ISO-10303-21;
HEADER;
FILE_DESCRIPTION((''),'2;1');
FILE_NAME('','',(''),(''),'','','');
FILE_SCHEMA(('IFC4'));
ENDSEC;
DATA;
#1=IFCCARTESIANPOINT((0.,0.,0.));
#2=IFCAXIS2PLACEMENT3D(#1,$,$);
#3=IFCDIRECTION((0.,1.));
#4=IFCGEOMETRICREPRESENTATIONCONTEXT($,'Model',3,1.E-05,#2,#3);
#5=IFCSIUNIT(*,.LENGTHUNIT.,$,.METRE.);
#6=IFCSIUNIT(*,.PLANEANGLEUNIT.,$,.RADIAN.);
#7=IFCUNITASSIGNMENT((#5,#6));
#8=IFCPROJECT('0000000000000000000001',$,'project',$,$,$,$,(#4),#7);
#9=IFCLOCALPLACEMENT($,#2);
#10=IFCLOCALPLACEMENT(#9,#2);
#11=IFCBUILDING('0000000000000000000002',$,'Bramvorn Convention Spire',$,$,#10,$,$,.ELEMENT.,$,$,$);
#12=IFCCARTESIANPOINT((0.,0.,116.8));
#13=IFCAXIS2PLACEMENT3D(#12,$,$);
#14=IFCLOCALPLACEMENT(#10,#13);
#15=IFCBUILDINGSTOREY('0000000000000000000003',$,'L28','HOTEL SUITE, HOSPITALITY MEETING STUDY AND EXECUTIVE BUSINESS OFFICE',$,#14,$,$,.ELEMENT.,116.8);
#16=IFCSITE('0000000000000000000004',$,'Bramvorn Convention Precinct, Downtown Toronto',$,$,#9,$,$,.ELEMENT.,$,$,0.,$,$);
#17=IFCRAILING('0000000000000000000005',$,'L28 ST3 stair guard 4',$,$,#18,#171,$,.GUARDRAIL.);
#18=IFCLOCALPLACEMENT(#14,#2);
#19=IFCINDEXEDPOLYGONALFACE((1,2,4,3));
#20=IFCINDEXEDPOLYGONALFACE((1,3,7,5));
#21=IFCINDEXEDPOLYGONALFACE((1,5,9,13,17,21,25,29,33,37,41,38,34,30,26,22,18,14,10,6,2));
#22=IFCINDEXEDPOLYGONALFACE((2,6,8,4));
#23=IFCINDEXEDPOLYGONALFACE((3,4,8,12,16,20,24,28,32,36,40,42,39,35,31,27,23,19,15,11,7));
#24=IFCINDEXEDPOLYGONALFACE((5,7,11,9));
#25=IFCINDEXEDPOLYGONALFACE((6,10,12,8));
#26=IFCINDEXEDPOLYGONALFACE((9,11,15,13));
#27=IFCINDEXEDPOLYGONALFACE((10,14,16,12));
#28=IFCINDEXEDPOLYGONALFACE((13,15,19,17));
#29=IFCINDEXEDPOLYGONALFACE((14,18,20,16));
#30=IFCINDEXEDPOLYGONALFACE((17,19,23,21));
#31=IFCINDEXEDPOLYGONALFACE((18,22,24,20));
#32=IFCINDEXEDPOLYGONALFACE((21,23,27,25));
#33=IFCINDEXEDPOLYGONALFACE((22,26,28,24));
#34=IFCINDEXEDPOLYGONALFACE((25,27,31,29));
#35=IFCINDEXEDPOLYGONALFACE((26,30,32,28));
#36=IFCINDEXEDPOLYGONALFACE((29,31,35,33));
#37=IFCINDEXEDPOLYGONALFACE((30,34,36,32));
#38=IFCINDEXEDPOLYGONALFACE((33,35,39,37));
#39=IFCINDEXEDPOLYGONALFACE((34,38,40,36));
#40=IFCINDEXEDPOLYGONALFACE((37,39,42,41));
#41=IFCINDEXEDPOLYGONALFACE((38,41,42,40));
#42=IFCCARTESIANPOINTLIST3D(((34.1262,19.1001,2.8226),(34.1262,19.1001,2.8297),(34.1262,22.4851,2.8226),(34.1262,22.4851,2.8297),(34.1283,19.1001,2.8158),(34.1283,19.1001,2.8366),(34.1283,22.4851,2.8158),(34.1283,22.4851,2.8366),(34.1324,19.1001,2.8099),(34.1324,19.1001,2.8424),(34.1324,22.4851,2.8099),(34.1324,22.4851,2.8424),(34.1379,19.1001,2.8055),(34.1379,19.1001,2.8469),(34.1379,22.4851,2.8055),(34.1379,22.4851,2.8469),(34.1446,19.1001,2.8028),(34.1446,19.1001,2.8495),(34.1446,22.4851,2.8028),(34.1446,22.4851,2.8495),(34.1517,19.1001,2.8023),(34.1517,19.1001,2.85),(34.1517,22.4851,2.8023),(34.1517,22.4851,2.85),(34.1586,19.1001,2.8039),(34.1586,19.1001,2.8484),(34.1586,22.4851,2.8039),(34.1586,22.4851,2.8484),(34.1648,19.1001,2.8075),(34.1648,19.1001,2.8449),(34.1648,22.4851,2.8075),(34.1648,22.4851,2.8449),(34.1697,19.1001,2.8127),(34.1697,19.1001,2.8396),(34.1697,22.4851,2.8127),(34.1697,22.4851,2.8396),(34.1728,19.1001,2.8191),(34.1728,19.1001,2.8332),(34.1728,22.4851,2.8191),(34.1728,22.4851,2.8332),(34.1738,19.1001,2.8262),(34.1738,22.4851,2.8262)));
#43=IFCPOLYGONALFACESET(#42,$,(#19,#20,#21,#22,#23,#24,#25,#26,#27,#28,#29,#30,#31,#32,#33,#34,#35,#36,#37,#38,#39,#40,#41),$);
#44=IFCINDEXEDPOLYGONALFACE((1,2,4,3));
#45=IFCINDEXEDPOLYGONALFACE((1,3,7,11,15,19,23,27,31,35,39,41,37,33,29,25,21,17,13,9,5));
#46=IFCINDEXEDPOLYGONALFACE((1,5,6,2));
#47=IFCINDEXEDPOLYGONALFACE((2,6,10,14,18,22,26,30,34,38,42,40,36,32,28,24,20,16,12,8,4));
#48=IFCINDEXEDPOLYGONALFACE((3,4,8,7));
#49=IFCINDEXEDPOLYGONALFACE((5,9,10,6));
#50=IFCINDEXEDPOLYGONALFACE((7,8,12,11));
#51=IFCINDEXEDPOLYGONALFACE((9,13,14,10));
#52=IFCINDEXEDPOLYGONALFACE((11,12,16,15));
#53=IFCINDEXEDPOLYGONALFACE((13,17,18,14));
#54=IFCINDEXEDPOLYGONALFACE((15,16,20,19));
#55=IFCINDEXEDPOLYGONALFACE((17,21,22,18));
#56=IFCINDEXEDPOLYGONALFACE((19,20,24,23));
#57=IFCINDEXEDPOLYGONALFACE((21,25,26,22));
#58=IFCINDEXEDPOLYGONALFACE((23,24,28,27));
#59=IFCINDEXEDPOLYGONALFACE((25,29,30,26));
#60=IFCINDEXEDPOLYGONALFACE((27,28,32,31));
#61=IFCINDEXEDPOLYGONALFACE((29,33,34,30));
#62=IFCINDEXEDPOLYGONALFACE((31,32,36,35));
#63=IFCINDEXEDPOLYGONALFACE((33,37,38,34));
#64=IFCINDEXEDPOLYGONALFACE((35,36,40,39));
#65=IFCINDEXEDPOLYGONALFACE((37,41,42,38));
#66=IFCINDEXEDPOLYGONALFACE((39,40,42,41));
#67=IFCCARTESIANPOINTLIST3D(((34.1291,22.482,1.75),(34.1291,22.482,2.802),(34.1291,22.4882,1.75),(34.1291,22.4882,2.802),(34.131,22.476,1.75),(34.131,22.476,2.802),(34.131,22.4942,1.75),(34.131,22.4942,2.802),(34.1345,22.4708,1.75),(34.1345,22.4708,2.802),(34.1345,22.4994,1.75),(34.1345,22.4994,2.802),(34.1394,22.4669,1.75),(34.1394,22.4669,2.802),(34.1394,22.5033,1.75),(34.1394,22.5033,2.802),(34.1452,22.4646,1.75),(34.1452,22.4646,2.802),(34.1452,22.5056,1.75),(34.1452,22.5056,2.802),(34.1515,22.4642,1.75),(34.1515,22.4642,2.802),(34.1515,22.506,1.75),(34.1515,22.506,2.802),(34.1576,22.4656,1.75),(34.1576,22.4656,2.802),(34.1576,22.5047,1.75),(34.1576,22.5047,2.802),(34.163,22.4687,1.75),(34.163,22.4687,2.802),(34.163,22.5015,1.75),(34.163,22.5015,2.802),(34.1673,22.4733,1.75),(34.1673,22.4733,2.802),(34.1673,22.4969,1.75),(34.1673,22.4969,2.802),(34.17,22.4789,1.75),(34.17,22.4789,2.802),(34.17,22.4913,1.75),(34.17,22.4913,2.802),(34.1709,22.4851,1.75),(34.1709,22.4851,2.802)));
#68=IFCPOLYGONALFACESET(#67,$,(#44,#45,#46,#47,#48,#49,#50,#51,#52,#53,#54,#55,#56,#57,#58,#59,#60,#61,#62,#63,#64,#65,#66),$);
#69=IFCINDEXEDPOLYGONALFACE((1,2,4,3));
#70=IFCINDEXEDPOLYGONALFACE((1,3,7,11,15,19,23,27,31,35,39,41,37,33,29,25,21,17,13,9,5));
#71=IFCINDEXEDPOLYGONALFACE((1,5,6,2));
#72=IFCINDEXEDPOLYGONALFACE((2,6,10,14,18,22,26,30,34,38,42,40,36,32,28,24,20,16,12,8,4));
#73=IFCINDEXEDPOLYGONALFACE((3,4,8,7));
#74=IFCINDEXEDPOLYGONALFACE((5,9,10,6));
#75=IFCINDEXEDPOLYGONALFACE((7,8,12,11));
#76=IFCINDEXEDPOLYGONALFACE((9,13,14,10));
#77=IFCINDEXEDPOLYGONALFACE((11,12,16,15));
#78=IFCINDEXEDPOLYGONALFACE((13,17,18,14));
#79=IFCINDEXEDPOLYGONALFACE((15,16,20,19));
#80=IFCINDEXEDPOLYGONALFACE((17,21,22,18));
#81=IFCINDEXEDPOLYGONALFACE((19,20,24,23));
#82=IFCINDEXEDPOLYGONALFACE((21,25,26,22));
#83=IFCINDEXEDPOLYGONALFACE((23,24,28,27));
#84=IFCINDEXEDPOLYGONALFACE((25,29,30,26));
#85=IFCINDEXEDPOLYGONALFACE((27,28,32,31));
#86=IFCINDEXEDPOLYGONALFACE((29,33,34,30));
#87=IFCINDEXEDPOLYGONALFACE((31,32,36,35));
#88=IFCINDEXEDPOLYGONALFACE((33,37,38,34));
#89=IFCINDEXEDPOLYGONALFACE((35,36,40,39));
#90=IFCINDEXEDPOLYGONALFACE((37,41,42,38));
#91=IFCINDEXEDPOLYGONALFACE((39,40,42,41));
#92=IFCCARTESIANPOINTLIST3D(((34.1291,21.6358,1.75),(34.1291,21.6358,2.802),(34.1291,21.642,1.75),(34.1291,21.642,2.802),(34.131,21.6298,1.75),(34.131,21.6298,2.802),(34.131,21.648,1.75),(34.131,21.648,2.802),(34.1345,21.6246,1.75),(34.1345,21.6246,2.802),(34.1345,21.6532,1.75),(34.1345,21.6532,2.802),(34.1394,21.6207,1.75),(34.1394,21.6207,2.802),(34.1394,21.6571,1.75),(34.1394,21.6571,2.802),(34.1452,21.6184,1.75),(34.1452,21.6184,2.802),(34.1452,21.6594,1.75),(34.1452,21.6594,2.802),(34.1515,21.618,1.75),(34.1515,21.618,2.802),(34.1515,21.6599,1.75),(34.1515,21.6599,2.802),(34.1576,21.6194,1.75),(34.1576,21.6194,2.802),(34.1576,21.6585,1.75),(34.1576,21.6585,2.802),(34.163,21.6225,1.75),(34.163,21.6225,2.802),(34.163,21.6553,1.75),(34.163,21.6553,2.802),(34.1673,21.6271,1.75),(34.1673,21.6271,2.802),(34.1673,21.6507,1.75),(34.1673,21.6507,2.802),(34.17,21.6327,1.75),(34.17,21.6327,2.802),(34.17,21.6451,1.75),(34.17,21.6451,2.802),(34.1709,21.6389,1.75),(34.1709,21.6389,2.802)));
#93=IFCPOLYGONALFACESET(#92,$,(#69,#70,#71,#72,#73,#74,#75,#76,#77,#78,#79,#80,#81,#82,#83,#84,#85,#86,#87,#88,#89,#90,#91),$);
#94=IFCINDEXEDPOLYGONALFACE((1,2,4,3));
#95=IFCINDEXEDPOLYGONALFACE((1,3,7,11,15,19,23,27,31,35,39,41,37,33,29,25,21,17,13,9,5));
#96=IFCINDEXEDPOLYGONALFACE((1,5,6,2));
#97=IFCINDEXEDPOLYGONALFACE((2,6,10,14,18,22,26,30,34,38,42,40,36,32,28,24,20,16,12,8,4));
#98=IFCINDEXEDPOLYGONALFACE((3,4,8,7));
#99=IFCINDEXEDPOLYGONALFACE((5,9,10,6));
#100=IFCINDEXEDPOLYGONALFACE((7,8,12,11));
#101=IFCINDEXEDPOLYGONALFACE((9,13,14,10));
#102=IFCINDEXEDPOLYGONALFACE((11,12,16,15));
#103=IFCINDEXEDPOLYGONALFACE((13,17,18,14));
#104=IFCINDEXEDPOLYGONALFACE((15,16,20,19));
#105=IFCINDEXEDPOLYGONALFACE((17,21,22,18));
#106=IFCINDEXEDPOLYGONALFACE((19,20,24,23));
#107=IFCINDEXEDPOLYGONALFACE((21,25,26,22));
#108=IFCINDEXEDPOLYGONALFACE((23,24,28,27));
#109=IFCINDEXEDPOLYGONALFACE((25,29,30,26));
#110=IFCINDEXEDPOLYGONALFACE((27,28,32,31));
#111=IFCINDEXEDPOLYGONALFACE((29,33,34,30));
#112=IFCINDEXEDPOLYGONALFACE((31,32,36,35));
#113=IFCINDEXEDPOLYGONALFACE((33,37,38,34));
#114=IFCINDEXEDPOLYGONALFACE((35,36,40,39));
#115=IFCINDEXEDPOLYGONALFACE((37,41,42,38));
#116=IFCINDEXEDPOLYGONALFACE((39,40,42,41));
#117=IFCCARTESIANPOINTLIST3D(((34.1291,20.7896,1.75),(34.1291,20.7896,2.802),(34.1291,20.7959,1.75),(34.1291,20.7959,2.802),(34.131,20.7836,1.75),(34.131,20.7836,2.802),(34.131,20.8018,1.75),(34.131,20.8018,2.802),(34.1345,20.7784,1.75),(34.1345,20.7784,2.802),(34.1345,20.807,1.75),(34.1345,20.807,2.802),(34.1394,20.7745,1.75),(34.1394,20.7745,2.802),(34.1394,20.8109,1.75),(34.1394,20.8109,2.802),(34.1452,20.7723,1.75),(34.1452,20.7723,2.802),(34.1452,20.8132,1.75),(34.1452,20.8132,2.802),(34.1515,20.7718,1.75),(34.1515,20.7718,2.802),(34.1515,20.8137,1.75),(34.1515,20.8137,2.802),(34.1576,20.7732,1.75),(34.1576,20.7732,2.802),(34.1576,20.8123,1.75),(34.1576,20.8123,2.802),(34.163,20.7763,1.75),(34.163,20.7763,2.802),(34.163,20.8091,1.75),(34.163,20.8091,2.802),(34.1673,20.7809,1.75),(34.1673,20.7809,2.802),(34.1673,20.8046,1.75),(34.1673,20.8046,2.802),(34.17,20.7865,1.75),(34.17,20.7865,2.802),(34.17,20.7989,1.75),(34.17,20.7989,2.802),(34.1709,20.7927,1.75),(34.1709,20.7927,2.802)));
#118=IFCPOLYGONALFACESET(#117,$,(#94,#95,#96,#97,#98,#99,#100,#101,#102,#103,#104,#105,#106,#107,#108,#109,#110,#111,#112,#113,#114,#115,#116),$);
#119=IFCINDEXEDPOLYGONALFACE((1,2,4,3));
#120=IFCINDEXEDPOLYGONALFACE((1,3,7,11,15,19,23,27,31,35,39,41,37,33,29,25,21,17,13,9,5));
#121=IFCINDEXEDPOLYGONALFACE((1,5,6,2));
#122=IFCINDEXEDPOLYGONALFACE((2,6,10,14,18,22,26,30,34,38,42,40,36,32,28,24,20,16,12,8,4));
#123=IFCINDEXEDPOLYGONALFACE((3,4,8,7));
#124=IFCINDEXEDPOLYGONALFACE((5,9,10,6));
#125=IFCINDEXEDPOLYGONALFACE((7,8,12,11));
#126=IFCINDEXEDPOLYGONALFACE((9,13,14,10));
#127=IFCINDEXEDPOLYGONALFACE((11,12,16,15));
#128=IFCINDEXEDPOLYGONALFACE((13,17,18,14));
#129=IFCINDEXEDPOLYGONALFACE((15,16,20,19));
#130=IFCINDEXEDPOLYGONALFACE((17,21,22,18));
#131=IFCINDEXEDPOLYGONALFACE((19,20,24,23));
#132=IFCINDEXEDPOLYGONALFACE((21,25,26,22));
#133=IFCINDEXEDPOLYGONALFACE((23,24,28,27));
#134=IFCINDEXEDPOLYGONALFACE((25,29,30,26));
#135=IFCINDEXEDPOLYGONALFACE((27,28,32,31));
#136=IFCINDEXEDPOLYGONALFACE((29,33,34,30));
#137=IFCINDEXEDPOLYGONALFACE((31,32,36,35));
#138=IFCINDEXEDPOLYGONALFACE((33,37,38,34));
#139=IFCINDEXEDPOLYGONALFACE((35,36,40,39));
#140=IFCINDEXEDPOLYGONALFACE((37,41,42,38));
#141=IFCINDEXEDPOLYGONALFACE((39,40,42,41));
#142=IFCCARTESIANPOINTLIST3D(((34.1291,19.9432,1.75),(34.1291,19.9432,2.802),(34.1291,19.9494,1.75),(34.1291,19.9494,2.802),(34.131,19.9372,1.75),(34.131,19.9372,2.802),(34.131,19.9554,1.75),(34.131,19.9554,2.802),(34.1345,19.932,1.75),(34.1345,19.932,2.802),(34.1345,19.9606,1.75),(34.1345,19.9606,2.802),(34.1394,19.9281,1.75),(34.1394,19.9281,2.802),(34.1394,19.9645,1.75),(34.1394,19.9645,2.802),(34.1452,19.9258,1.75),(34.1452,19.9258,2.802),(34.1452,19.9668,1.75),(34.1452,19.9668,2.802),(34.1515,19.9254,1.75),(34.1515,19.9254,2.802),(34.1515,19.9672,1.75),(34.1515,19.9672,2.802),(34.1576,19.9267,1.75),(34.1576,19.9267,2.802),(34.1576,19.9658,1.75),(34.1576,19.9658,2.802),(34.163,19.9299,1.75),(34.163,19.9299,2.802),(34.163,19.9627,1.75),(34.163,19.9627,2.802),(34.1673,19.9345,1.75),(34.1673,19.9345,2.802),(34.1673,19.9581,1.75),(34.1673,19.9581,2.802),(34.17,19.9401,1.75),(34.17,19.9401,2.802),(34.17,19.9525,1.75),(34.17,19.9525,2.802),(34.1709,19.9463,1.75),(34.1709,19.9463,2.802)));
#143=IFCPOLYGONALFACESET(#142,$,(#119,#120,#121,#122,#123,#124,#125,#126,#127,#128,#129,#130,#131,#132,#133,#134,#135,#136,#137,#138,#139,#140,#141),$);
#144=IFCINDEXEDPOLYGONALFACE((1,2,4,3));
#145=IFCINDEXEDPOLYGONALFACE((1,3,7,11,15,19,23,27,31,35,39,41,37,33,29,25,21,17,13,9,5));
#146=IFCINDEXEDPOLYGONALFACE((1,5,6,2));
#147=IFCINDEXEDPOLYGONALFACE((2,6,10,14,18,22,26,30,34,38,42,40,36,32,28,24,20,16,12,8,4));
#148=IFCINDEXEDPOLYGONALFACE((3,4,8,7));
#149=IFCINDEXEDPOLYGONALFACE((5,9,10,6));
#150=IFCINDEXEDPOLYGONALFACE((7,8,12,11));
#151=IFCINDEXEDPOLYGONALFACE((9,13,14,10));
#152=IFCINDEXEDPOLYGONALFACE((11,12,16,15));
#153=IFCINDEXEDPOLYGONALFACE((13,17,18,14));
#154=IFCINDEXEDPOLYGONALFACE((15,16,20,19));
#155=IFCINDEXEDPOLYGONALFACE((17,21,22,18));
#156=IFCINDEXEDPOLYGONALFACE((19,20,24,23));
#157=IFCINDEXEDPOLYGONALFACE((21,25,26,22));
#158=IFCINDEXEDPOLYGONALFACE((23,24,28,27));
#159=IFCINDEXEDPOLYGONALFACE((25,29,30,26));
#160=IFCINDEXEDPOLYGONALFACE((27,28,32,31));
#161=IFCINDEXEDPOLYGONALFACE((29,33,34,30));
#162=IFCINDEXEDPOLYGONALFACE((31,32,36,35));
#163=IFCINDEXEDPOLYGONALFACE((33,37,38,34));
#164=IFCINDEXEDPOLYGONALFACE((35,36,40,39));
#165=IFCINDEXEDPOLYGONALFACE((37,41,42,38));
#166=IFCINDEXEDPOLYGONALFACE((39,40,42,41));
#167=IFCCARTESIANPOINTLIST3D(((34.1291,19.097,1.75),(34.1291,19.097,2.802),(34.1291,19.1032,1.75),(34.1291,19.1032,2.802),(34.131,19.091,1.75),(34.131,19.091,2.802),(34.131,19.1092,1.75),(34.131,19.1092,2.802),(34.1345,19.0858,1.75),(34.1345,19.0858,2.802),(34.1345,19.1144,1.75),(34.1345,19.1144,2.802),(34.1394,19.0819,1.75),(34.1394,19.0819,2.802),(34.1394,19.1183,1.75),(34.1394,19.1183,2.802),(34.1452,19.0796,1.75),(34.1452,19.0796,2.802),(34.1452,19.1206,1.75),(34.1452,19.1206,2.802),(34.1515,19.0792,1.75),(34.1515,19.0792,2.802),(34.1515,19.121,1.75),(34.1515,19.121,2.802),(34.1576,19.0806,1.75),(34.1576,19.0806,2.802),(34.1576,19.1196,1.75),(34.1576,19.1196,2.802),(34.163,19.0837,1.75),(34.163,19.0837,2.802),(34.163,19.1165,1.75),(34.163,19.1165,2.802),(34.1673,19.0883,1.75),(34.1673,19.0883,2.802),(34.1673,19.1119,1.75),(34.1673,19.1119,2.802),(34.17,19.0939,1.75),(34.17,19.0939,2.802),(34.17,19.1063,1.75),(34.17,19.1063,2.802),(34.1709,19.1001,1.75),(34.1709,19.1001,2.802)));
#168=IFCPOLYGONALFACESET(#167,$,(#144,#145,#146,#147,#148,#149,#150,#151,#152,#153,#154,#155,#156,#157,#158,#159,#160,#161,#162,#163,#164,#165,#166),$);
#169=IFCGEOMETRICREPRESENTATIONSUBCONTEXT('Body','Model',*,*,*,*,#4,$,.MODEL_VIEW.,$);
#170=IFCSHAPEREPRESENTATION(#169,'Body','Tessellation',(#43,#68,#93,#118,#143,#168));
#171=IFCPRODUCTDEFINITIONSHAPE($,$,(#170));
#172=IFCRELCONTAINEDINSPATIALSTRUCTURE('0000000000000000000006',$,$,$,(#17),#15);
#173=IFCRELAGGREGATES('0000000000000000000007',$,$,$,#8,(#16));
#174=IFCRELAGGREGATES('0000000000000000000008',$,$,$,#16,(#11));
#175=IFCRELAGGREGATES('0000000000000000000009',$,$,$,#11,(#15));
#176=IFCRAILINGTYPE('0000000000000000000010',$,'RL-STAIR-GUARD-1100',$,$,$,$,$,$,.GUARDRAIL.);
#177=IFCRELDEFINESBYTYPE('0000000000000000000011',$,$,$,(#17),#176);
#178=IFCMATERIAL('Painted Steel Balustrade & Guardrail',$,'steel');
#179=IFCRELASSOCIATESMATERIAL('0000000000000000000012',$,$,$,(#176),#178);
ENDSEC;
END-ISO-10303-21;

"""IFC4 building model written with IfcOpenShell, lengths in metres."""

from ifc_helpers import new_model, si_unit, direction, frame, origin, origin_2d, place, context, subcontext, project, spatial, circle, extrude, material, type_object, element, save


model = new_model("IFC4")

# Units and contexts
model_context = context("Model", 3, precision=1e-05, world=origin(), true_north=direction((0.0, 1.0)))
body_context = subcontext(model_context, "Body", "Model", "MODEL_VIEW")
ifc_project = project(units=[si_unit("LENGTHUNIT", "METRE"), si_unit("PLANEANGLEUNIT", "RADIAN")], contexts=[model_context])

# Site, building, storey
site_placement = place(None, origin())
site = spatial("IfcSite", under=ifc_project, at=site_placement, Name="Bramvorn Convention Precinct, Downtown Toronto", CompositionType="ELEMENT", RefElevation=0.0)
building_placement = place(site_placement, origin())
building = spatial("IfcBuilding", under=site, at=building_placement, Name="Bramvorn Convention Spire", CompositionType="ELEMENT")
storey_placement = place(building_placement, frame((0.0, 0.0, 116.8)))
storey = spatial("IfcBuildingStorey", under=building, at=storey_placement, Name="L28", Description="HOTEL SUITE, HOSPITALITY MEETING STUDY AND EXECUTIVE BUSINESS OFFICE", CompositionType="ELEMENT", Elevation=116.8)

# Railing
ifc_material_1 = material(Name="Painted Steel Balustrade & Guardrail", Category="steel")
railing_type_1 = type_object("IfcRailingType", Name="RL-STAIR-GUARD-1100", PredefinedType="GUARDRAIL", material=ifc_material_1)
for number, where, name in (
    (1, (34.1499, 22.4851, 1.75), "L28 ST3 stair guard 4"),
):
    element("IfcRailing", number, at=place(storey_placement, frame(where)), inside=storey, type_object=railing_type_1, Name=name, PredefinedType="GUARDRAIL", context=body_context, shape_type="SweptSolid", body=[
        extrude(circle(Radius=0.0239, at=origin_2d()), frame((0.0, 0.0, 1.0762), z_axis=(0.0, -1.0, 0.0), x_axis=(1.0, 0.0, 0.0)), (0.0, 0.0, 1.0), 3.385),
        extrude(circle(Radius=0.021, at=origin_2d()), origin(), (0.0, 0.0, 1.0), 1.052),
        extrude(circle(Radius=0.021, at=origin_2d()), frame((0.0, -0.8462, 0.0)), (0.0, 0.0, 1.0), 1.052),
        extrude(circle(Radius=0.021, at=origin_2d()), frame((0.0, -1.6924, 0.0)), (0.0, 0.0, 1.0), 1.052),
        extrude(circle(Radius=0.021, at=origin_2d()), frame((0.0, -2.5388, 0.0)), (0.0, 0.0, 1.0), 1.052),
        extrude(circle(Radius=0.021, at=origin_2d()), frame((0.0, -3.385, 0.0)), (0.0, 0.0, 1.0), 1.052),
    ])

save(model, "model.ifc")
